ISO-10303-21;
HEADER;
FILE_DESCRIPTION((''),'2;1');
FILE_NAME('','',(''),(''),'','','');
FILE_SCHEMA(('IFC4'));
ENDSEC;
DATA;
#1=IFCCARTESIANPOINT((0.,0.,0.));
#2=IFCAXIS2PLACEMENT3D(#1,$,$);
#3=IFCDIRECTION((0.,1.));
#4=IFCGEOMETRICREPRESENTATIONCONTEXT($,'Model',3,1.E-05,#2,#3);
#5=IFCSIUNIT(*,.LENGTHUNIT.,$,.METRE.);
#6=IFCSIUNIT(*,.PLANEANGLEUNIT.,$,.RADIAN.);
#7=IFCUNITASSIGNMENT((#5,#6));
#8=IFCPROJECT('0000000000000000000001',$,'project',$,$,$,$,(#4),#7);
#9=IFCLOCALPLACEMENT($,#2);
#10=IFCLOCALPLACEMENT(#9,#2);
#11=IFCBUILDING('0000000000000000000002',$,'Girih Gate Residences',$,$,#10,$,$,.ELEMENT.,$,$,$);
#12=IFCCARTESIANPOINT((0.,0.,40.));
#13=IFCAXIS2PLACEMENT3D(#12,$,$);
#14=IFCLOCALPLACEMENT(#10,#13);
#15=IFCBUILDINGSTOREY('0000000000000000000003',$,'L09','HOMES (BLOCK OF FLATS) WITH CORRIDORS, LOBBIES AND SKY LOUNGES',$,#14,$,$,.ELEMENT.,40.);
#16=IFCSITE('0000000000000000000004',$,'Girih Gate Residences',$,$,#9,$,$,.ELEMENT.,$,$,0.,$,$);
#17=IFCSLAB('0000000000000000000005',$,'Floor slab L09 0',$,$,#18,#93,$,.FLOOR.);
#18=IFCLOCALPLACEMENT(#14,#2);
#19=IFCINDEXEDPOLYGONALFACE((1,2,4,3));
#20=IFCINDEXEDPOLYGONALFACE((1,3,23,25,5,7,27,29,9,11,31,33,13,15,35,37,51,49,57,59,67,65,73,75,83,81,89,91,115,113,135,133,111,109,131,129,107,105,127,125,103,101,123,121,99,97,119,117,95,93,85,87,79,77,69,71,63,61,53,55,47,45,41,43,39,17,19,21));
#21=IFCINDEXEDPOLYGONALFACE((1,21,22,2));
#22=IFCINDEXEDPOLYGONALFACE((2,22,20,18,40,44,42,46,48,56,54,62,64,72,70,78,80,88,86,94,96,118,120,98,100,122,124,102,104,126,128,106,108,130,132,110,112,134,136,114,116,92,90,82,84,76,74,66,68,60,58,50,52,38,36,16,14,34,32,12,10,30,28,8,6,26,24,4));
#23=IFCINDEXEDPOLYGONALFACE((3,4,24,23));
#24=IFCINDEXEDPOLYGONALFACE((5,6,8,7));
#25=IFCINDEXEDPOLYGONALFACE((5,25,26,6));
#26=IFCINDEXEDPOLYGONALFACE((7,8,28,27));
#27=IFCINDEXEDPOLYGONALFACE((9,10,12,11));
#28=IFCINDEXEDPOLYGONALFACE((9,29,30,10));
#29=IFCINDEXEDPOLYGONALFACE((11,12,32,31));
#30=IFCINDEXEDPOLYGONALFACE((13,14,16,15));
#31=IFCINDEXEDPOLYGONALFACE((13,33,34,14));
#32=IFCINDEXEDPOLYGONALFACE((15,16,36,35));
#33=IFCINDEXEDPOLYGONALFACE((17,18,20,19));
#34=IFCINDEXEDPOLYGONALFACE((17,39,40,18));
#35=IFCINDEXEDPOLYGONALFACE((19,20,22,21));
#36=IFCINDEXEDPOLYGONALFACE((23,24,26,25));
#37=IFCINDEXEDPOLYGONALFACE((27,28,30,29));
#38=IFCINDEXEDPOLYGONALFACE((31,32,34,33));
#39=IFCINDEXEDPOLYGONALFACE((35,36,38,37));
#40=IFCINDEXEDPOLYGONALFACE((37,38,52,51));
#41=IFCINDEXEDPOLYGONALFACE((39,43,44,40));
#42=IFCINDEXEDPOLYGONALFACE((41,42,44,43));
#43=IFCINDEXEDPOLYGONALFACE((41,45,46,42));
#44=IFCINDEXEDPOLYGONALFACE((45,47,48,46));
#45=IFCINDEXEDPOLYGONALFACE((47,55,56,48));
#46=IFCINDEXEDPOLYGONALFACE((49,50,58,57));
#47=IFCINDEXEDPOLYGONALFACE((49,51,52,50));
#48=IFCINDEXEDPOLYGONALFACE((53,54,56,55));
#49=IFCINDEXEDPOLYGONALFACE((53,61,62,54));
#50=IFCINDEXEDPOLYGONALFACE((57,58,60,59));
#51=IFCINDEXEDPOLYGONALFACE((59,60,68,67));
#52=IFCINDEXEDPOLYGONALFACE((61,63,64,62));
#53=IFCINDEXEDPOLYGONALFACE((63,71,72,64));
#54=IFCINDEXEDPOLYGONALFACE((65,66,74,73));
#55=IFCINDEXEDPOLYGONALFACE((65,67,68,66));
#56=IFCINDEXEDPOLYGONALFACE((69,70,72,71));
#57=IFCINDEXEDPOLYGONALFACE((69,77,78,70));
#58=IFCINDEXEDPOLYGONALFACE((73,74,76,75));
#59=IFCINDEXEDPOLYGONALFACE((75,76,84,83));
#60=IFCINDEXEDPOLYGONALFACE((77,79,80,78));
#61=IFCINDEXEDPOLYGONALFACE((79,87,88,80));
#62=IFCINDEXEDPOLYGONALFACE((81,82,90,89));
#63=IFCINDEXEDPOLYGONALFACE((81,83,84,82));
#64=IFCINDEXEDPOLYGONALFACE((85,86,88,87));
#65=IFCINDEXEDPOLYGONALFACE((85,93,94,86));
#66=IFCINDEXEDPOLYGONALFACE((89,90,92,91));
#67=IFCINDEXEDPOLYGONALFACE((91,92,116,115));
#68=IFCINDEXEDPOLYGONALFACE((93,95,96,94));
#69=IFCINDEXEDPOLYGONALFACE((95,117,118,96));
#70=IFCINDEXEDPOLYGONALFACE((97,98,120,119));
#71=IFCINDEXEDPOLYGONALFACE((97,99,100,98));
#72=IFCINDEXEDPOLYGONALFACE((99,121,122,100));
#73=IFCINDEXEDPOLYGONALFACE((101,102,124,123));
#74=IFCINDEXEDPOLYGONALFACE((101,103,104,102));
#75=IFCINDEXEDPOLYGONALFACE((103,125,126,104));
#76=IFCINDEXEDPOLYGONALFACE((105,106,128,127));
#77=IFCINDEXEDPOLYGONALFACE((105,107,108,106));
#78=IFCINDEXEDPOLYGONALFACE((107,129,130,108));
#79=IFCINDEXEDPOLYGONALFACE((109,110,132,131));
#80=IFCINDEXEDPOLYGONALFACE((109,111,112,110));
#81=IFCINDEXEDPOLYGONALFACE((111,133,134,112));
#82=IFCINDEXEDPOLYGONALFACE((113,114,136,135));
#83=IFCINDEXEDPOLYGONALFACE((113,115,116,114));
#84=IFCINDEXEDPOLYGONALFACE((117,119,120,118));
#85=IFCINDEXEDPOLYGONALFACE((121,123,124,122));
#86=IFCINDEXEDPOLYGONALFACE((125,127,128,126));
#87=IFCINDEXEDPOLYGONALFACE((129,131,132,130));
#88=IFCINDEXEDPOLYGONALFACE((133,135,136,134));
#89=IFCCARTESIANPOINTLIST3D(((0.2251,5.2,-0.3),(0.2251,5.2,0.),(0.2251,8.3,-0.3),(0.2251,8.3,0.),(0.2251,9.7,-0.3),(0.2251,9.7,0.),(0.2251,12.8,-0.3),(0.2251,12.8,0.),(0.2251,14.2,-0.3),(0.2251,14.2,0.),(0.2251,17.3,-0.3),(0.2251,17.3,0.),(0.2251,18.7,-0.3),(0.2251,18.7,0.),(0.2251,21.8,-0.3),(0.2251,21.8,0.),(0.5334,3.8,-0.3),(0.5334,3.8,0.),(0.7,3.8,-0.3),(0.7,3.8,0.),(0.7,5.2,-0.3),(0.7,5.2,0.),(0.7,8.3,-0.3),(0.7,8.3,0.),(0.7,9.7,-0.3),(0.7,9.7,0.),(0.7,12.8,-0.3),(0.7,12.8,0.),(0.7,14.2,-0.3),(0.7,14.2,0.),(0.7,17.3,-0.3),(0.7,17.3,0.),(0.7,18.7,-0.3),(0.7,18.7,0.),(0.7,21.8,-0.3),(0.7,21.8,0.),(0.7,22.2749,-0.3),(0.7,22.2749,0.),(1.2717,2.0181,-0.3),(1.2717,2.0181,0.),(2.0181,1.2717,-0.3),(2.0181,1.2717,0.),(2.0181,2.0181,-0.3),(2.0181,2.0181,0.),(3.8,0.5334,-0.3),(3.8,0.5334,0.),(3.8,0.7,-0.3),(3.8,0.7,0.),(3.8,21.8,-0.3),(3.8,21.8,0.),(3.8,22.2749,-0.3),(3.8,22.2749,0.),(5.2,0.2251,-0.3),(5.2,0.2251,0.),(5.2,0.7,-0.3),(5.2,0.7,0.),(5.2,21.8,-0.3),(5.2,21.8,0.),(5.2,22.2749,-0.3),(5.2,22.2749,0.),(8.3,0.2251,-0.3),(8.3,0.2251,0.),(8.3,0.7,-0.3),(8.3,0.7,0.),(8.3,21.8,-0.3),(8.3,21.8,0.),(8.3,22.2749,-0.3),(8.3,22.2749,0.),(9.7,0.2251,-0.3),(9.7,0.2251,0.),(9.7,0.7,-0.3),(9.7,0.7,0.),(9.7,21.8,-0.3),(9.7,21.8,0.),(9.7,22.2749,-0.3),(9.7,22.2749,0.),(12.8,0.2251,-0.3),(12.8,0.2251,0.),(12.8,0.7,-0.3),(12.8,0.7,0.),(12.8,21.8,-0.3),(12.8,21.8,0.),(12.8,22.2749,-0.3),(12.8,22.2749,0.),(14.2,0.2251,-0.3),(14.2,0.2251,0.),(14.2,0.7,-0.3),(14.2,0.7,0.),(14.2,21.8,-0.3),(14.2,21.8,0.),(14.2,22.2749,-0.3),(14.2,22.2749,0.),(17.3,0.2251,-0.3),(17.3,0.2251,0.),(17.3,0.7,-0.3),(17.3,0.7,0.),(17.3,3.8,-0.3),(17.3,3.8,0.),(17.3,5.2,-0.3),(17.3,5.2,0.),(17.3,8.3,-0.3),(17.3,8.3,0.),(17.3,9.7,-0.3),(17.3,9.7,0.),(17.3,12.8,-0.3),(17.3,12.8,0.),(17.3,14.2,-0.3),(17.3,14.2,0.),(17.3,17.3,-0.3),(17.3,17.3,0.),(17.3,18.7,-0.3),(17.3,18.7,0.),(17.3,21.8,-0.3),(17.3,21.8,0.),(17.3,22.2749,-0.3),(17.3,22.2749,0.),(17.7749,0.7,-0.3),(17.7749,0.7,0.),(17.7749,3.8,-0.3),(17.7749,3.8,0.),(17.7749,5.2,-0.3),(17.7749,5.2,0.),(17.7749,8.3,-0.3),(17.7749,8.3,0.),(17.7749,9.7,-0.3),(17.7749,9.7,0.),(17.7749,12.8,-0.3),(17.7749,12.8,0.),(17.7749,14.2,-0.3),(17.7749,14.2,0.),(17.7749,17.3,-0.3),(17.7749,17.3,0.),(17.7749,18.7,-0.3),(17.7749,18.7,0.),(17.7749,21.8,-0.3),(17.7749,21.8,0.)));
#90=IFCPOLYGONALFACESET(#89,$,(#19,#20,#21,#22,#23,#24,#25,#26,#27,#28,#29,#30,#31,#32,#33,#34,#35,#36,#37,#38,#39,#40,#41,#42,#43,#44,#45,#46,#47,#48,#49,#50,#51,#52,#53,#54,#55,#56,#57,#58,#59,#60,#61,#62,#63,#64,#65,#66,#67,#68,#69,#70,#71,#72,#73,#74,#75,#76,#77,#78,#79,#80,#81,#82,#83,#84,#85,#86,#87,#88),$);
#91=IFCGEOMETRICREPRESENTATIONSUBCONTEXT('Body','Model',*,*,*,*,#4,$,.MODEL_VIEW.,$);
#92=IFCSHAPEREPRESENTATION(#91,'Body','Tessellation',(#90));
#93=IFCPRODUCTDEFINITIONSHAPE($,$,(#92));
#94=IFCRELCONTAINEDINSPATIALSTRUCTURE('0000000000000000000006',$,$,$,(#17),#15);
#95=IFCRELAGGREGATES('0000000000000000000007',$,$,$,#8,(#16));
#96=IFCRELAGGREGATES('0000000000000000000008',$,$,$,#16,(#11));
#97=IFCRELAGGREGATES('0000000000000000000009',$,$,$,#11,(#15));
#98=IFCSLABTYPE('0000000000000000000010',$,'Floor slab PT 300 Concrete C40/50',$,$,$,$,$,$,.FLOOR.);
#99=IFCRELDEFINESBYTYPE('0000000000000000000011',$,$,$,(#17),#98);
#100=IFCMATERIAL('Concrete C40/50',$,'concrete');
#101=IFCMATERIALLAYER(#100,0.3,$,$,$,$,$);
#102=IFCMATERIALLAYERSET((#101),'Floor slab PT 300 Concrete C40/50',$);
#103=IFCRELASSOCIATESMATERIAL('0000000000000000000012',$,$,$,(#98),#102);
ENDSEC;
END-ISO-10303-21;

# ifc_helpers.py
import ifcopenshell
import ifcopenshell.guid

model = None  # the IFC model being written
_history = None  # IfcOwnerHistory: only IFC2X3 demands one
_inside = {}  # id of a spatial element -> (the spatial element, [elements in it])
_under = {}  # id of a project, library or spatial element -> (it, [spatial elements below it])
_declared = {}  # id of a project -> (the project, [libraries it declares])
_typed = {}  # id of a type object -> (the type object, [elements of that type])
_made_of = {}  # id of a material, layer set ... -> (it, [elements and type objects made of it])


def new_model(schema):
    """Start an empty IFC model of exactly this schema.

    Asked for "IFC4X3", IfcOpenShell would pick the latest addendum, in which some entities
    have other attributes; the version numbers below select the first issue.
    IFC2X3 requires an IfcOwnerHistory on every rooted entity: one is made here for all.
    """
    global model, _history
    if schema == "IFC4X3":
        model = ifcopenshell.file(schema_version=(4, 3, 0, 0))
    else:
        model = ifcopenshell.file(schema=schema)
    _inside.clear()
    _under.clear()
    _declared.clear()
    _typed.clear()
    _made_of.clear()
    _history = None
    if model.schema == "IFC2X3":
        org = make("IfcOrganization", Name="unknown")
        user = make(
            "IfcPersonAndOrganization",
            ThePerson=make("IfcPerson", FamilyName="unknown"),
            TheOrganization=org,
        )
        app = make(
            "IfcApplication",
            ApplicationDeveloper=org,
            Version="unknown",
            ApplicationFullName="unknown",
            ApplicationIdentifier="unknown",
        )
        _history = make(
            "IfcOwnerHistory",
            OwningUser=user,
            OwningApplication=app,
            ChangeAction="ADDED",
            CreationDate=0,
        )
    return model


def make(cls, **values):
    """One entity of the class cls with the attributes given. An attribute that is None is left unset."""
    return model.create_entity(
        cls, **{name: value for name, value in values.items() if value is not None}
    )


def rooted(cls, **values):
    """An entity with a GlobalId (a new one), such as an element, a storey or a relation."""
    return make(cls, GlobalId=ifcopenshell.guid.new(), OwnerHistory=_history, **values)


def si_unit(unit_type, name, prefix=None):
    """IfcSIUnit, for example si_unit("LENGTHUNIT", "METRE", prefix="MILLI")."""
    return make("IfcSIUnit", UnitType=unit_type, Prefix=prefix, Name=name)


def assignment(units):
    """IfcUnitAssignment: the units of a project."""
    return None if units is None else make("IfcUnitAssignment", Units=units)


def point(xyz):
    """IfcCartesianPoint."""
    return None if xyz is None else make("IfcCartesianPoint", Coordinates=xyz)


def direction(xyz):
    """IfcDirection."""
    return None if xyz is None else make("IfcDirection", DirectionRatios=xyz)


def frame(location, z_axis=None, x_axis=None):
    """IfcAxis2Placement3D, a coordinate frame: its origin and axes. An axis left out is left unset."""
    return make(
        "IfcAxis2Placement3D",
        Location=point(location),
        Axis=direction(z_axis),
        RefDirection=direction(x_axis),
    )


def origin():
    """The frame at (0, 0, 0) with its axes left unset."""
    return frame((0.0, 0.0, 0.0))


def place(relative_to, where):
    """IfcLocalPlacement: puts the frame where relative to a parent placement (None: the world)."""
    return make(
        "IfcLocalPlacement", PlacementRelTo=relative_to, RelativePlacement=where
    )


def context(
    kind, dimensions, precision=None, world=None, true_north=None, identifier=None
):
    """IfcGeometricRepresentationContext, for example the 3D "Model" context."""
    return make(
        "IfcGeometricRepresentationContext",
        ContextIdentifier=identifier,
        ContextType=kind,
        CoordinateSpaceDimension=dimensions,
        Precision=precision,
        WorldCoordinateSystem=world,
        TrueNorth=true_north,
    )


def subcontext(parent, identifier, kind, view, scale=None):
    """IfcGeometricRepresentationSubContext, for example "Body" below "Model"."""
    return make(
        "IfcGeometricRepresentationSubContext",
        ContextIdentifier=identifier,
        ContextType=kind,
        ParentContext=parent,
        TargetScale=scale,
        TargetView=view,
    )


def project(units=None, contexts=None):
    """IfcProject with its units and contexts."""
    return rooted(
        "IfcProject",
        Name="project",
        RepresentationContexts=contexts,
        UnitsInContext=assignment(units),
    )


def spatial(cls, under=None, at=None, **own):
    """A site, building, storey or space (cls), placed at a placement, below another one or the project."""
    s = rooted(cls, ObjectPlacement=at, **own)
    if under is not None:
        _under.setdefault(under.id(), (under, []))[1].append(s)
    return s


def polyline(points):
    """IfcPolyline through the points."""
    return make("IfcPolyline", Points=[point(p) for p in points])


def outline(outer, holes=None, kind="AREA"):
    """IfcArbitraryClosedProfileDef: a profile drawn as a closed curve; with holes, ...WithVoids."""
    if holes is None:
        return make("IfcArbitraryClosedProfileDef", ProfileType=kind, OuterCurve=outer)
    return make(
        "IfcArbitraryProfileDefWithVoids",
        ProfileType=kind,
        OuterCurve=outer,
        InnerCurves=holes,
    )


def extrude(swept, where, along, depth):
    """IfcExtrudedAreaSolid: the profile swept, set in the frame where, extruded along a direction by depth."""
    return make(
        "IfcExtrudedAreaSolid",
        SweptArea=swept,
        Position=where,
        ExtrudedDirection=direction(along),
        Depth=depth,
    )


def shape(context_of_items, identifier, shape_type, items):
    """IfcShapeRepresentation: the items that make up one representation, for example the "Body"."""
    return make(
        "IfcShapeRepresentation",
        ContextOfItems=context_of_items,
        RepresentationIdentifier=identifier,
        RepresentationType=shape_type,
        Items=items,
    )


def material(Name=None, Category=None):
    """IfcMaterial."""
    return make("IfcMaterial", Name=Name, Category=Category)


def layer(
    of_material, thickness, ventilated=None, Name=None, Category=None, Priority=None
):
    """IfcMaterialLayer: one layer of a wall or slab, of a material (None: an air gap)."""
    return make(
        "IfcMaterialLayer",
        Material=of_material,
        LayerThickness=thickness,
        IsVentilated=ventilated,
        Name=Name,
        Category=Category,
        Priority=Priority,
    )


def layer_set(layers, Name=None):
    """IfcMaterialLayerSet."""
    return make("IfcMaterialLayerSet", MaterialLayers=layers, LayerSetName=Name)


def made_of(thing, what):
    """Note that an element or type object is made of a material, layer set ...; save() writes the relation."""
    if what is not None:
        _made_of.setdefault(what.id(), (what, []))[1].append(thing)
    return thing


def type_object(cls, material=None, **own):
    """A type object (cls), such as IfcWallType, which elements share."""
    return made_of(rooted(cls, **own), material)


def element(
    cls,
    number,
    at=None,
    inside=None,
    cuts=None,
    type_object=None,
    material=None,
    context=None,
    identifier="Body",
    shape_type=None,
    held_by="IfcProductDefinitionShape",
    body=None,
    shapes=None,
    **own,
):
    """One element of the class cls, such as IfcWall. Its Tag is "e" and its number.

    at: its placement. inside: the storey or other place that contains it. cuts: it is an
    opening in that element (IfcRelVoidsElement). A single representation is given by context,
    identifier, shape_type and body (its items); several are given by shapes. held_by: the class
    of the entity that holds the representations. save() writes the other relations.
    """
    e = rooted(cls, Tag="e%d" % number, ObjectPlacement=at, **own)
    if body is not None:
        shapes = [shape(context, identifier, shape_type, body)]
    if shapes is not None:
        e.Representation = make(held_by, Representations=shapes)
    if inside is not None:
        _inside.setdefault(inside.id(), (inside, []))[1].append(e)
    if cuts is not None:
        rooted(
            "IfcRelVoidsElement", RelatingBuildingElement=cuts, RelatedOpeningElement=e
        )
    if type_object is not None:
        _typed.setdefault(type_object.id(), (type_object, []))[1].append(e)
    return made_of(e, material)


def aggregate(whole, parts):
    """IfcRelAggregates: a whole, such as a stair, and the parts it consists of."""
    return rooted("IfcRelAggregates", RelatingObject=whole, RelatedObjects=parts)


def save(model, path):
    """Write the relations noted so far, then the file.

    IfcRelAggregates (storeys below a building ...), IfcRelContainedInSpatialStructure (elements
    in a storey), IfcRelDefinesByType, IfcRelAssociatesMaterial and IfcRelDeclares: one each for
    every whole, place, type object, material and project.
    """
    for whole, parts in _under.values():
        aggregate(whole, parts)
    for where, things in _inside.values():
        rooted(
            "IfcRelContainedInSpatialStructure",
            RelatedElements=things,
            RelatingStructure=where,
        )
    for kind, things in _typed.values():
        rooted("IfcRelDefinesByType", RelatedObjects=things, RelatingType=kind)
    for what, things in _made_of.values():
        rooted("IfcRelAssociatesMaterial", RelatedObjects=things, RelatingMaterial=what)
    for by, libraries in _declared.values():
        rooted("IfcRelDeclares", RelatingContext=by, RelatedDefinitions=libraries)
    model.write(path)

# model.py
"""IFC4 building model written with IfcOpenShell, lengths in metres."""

from ifc_helpers import new_model, si_unit, direction, frame, origin, place, context, subcontext, project, spatial, polyline, outline, extrude, material, layer, layer_set, type_object, element, save


model = new_model("IFC4")

# Units and contexts
model_context = context("Model", 3, precision=1e-05, world=origin(), true_north=direction((0.0, 1.0)))
body_context = subcontext(model_context, "Body", "Model", "MODEL_VIEW")
ifc_project = project(units=[si_unit("LENGTHUNIT", "METRE"), si_unit("PLANEANGLEUNIT", "RADIAN")], contexts=[model_context])

# Site, building, storey
site_placement = place(None, origin())
site = spatial("IfcSite", under=ifc_project, at=site_placement, Name="Girih Gate Residences", CompositionType="ELEMENT", RefElevation=0.0)
building_placement = place(site_placement, origin())
building = spatial("IfcBuilding", under=site, at=building_placement, Name="Girih Gate Residences", CompositionType="ELEMENT")
storey_placement = place(building_placement, frame((0.0, 0.0, 40.0)))
storey = spatial("IfcBuildingStorey", under=building, at=storey_placement, Name="L09", Description="HOMES (BLOCK OF FLATS) WITH CORRIDORS, LOBBIES AND SKY LOUNGES", CompositionType="ELEMENT", Elevation=40.0)

# Slab
ifc_material_1 = material(Name="Concrete C40/50", Category="concrete")
ifc_layer_1 = layer(ifc_material_1, 0.3)
ifc_layer_set_1 = layer_set([ifc_layer_1], Name="Floor slab PT 300 Concrete C40/50")
slab_type_1 = type_object("IfcSlabType", Name="Floor slab PT 300 Concrete C40/50", PredefinedType="FLOOR", material=ifc_layer_set_1)
slab_1_placement = place(storey_placement, frame((0.0, 0.0, -0.3)))
element("IfcSlab", 1, at=slab_1_placement, inside=storey, type_object=slab_type_1, Name="Floor slab L09 0", PredefinedType="FLOOR", context=body_context, shape_type="SweptSolid", body=[
    extrude(outline(polyline([(0.2251, 8.3), (0.2251, 5.2), (0.7, 5.2), (0.7, 3.8), (0.5334, 3.8), (1.2717, 2.0181), (2.0181, 2.0181), (2.0181, 1.2717), (3.8, 0.5334), (3.8, 0.7), (5.2, 0.7), (5.2, 0.2251), (8.3, 0.2251), (8.3, 0.7), (9.7, 0.7), (9.7, 0.2251), (12.8, 0.2251), (12.8, 0.7), (14.2, 0.7), (14.2, 0.2251), (17.3, 0.2251), (17.3, 0.7), (17.7749, 0.7), (17.7749, 3.8), (17.3, 3.8), (17.3, 5.2), (17.7749, 5.2), (17.7749, 8.3), (17.3, 8.3), (17.3, 9.7), (17.7749, 9.7), (17.7749, 12.8), (17.3, 12.8), (17.3, 14.2), (17.7749, 14.2), (17.7749, 17.3), (17.3, 17.3), (17.3, 18.7), (17.7749, 18.7), (17.7749, 21.8), (17.3, 21.8), (17.3, 22.2749), (14.2, 22.2749), (14.2, 21.8), (12.8, 21.8), (12.8, 22.2749), (9.7, 22.2749), (9.7, 21.8), (8.3, 21.8), (8.3, 22.2749), (5.2, 22.2749), (5.2, 21.8), (3.8, 21.8), (3.8, 22.2749), (0.7, 22.2749), (0.7, 21.8), (0.2251, 21.8), (0.2251, 18.7), (0.7, 18.7), (0.7, 17.3), (0.2251, 17.3), (0.2251, 14.2), (0.7, 14.2), (0.7, 12.8), (0.2251, 12.8), (0.2251, 9.7), (0.7, 9.7), (0.7, 8.3), (0.2251, 8.3)])), origin(), (0.0, 0.0, 1.0), 0.3),
])

save(model, "model.ifc")
